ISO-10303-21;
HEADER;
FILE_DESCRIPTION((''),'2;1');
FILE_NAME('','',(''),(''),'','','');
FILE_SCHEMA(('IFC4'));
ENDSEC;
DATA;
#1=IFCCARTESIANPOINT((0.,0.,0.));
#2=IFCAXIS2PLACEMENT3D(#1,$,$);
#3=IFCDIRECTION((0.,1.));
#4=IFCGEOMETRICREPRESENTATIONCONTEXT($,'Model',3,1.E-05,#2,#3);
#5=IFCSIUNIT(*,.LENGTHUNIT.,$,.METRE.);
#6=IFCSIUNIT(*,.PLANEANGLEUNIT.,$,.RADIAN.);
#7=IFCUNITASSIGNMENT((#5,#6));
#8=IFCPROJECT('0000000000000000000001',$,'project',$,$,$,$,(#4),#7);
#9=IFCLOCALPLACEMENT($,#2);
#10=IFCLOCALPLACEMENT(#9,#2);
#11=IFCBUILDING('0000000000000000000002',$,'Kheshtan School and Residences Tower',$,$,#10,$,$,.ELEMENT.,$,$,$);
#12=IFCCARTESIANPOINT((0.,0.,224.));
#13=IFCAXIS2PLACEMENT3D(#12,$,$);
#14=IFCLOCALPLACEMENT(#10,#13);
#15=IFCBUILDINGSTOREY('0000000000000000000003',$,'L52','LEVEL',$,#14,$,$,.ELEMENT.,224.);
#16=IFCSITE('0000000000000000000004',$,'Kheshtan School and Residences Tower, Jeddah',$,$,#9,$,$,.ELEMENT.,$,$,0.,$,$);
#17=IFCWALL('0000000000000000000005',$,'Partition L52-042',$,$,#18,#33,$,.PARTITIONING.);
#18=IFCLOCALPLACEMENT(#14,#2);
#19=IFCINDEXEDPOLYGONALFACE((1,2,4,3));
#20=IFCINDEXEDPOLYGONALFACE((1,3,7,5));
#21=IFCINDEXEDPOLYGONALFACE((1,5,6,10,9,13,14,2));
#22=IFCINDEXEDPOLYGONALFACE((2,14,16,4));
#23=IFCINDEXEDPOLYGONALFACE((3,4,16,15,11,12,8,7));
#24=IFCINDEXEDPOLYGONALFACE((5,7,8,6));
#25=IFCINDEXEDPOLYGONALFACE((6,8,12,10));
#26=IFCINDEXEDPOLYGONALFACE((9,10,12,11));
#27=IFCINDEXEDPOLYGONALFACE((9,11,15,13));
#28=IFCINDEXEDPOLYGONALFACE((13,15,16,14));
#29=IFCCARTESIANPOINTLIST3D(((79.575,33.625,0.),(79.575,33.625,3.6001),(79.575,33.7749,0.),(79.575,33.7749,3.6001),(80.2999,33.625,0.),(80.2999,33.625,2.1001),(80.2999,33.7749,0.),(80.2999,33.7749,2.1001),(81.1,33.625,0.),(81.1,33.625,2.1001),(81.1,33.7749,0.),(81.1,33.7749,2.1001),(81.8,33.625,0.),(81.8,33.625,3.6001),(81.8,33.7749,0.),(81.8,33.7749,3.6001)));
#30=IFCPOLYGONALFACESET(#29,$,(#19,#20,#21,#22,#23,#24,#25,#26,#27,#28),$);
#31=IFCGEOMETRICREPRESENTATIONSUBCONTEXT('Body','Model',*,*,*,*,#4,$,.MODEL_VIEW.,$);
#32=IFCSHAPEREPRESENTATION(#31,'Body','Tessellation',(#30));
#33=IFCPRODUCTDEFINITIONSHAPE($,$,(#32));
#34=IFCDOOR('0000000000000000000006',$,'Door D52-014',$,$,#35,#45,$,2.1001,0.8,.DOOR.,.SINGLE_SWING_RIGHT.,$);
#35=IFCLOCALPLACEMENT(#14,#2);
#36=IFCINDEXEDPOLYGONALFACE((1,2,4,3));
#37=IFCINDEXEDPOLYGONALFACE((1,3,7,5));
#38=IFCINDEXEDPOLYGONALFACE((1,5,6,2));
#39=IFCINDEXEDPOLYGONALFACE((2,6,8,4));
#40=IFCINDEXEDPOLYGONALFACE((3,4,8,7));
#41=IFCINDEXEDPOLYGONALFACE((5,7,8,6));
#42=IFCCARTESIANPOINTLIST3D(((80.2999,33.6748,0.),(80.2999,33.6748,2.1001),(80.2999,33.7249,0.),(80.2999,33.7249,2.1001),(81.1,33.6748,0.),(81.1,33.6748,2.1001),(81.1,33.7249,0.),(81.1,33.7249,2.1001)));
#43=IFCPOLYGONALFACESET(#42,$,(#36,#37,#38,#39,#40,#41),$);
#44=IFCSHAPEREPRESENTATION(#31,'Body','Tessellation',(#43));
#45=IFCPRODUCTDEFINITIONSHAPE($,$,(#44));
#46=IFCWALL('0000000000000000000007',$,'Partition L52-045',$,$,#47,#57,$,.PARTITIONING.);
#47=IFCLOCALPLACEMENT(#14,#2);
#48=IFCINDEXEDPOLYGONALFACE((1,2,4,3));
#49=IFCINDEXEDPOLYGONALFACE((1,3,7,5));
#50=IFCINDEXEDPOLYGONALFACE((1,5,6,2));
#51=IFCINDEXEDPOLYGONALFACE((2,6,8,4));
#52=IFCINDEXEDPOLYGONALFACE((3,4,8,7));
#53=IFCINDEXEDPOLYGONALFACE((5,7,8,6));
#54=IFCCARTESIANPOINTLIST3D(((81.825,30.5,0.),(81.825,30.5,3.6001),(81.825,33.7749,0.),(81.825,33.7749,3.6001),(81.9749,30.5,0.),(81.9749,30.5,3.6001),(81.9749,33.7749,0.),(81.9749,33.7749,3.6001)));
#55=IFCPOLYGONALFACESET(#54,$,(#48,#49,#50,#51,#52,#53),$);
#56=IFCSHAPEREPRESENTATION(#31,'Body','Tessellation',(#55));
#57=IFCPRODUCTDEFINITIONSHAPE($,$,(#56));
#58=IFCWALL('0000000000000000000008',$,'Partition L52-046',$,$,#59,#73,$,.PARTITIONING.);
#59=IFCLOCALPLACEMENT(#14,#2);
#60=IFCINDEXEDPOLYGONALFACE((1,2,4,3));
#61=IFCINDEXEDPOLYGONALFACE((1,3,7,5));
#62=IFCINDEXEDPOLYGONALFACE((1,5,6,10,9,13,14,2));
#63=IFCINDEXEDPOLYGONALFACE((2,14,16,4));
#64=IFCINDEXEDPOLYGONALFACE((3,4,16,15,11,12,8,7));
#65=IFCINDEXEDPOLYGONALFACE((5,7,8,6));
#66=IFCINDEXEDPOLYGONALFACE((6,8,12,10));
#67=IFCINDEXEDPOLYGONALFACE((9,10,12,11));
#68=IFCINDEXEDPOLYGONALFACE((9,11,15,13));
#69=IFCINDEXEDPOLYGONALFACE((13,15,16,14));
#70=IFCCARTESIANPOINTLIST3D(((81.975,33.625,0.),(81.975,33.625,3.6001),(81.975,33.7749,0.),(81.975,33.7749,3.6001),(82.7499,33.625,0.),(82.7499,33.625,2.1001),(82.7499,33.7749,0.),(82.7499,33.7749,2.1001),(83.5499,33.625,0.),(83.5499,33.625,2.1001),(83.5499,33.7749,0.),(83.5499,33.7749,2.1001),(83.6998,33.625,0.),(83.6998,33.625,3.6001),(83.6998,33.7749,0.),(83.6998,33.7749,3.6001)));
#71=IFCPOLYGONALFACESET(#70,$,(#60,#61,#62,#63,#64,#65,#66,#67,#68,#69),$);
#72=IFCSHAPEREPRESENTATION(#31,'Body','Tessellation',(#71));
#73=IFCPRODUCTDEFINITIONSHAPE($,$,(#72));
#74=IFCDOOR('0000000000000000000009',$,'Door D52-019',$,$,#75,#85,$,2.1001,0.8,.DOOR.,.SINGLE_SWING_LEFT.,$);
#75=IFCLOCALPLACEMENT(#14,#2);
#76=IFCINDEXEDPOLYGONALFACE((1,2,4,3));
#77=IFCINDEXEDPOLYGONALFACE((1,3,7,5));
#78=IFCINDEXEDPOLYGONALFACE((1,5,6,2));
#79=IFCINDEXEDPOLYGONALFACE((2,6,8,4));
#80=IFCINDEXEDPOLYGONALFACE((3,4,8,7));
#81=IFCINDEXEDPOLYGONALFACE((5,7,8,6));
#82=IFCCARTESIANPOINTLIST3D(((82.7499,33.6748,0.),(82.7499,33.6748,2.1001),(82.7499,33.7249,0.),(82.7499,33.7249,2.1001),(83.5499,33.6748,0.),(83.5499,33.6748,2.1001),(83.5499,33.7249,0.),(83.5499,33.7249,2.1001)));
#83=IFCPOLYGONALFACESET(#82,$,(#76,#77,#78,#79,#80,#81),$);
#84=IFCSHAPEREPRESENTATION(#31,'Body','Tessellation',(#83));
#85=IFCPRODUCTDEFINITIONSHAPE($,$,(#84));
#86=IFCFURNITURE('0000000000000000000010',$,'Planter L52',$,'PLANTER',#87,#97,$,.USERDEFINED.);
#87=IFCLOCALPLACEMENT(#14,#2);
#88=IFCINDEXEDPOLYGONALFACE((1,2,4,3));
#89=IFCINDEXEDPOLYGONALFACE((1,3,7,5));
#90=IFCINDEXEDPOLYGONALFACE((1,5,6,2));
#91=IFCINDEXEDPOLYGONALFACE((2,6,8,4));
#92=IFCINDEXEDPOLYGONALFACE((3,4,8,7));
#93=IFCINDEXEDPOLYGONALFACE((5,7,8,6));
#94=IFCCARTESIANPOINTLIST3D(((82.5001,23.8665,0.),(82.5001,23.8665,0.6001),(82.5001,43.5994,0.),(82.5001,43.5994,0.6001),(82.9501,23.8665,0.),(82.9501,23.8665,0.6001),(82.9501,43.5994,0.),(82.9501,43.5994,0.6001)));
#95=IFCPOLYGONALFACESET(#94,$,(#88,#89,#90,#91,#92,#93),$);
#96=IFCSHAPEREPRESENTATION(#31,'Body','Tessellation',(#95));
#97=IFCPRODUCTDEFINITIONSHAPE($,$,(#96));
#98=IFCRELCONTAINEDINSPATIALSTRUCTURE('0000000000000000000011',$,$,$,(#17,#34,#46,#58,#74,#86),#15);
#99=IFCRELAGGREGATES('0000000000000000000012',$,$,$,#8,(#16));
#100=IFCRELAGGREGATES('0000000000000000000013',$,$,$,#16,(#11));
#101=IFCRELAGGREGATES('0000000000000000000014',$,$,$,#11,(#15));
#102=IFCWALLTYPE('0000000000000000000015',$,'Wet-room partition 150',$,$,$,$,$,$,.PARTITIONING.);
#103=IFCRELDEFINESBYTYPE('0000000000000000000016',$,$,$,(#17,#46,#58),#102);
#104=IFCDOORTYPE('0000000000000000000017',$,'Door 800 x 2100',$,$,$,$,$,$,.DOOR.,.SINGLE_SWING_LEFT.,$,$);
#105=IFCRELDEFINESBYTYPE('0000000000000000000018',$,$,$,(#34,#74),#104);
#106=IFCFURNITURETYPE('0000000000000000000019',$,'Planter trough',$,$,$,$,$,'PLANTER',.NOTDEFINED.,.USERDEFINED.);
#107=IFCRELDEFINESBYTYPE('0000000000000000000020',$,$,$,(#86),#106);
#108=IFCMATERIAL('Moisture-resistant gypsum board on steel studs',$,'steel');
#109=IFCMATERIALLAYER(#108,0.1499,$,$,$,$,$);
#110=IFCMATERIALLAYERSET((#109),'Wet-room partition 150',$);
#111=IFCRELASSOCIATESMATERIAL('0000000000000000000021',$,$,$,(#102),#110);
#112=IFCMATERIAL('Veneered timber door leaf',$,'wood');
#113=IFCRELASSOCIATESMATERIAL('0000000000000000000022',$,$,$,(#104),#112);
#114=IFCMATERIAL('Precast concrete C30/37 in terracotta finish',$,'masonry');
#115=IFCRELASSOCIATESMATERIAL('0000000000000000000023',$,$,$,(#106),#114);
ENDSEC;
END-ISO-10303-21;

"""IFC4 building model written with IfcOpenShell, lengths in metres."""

from ifc_helpers import new_model, si_unit, direction, frame, frame_2d, origin, origin_2d, place, context, subcontext, project, spatial, rectangle, extrude, source, transform, mapped, material, layer, layer_set, type_object, element, fill, save


model = new_model("IFC4")

# Units and contexts
model_context = context("Model", 3, precision=1e-05, world=origin(), true_north=direction((0.0, 1.0)))
body_context = subcontext(model_context, "Body", "Model", "MODEL_VIEW")
ifc_project = project(units=[si_unit("LENGTHUNIT", "METRE"), si_unit("PLANEANGLEUNIT", "RADIAN")], contexts=[model_context])

# Site, building, storey
site_placement = place(None, origin())
site = spatial("IfcSite", under=ifc_project, at=site_placement, Name="Kheshtan School and Residences Tower, Jeddah", CompositionType="ELEMENT", RefElevation=0.0)
building_placement = place(site_placement, origin())
building = spatial("IfcBuilding", under=site, at=building_placement, Name="Kheshtan School and Residences Tower", CompositionType="ELEMENT")
storey_placement = place(building_placement, frame((0.0, 0.0, 224.0)))
storey = spatial("IfcBuildingStorey", under=building, at=storey_placement, Name="L52", Description="LEVEL", CompositionType="ELEMENT", Elevation=224.0)

# Shared definitions
ifc_material_1 = material(Name="Moisture-resistant gypsum board on steel studs", Category="steel")
ifc_layer_1 = layer(ifc_material_1, 0.1499)
ifc_layer_set_1 = layer_set([ifc_layer_1], Name="Wet-room partition 150")
wall_type_1 = type_object("IfcWallType", Name="Wet-room partition 150", PredefinedType="PARTITIONING", material=ifc_layer_set_1)

# Wall, opening, door
wall_1_placement = place(storey_placement, frame((79.575, 33.7, 0.0), z_axis=(0.0, 0.0, 1.0), x_axis=(1.0, 0.0, 0.0)))
wall_1 = element("IfcWall", 1, at=wall_1_placement, inside=storey, type_object=wall_type_1, Name="Partition L52-042", PredefinedType="PARTITIONING", context=body_context, shape_type="SweptSolid", body=[
    extrude(rectangle(XDim=2.2251, YDim=0.1499, at=frame_2d((1.1125, 0.0))), origin(), (0.0, 0.0, 1.0), 3.6001),
])
opening_1_placement = place(wall_1_placement, frame((0.7251, 0.0, 0.0)))
opening_1 = element("IfcOpeningElement", 2, at=opening_1_placement, cuts=wall_1, PredefinedType="OPENING", context=body_context, shape_type="SweptSolid", body=[
    extrude(rectangle(XDim=0.8, YDim=2.1001, at=frame_2d((0.3999, 1.05))), frame((0.0, 0.085, 0.0), z_axis=(0.0, -1.0, 0.0), x_axis=(1.0, 0.0, 0.0)), (0.0, 0.0, 1.0), 0.1699),
])
ifc_material_2 = material(Name="Veneered timber door leaf", Category="wood")
door_type_1 = type_object("IfcDoorType", Name="Door 800 x 2100", OperationType="SINGLE_SWING_LEFT", PredefinedType="DOOR", material=ifc_material_2)
shared_shape_1 = source(origin(), body_context, "Body", "SweptSolid", [
    extrude(rectangle(XDim=0.8, YDim=2.1001, at=frame_2d((0.3999, 1.05))), frame((0.0, 0.0249, 0.0), z_axis=(0.0, -1.0, 0.0), x_axis=(1.0, 0.0, 0.0)), (0.0, 0.0, 1.0), 0.05),
])
door_1_placement = place(opening_1_placement, origin())
door_1 = element("IfcDoor", 3, at=door_1_placement, inside=storey, type_object=door_type_1, Name="Door D52-014", OperationType="SINGLE_SWING_RIGHT", OverallHeight=2.1001, OverallWidth=0.8, PredefinedType="DOOR", context=body_context, shape_type="MappedRepresentation", body=[
    mapped(shared_shape_1, transform((0.0, 0.0, 0.0), x_axis=(1.0, 0.0, 0.0), y_axis=(0.0, 1.0, 0.0), z_axis=(0.0, 0.0, 1.0), scale=1.0)),
])
fill(opening_1, door_1)

# Wall
wall_2_placement = place(storey_placement, frame((81.8999, 30.5, 0.0), z_axis=(0.0, 0.0, 1.0), x_axis=(0.0, 1.0, 0.0)))
element("IfcWall", 4, at=wall_2_placement, inside=storey, type_object=wall_type_1, Name="Partition L52-045", PredefinedType="PARTITIONING", context=body_context, shape_type="SweptSolid", body=[
    extrude(rectangle(XDim=3.2749, YDim=0.1499, at=frame_2d((1.6375, 0.0))), origin(), (0.0, 0.0, 1.0), 3.6001),
])

# Wall, opening, door
wall_3_placement = place(storey_placement, frame((81.9751, 33.7, 0.0), z_axis=(0.0, 0.0, 1.0), x_axis=(1.0, 0.0, 0.0)))
wall_3 = element("IfcWall", 5, at=wall_3_placement, inside=storey, type_object=wall_type_1, Name="Partition L52-046", PredefinedType="PARTITIONING", context=body_context, shape_type="SweptSolid", body=[
    extrude(rectangle(XDim=1.7249, YDim=0.1499, at=frame_2d((0.8623, 0.0))), origin(), (0.0, 0.0, 1.0), 3.6001),
])
opening_2_placement = place(wall_3_placement, frame((0.7749, 0.0, 0.0)))
opening_2 = element("IfcOpeningElement", 6, at=opening_2_placement, cuts=wall_3, PredefinedType="OPENING", context=body_context, shape_type="SweptSolid", body=[
    extrude(rectangle(XDim=0.8, YDim=2.1001, at=frame_2d((0.3999, 1.05))), frame((0.0, 0.085, 0.0), z_axis=(0.0, -1.0, 0.0), x_axis=(1.0, 0.0, 0.0)), (0.0, 0.0, 1.0), 0.1699),
])
door_2_placement = place(opening_2_placement, origin())
door_2 = element("IfcDoor", 7, at=door_2_placement, inside=storey, type_object=door_type_1, Name="Door D52-019", OperationType="SINGLE_SWING_LEFT", OverallHeight=2.1001, OverallWidth=0.8, PredefinedType="DOOR", context=body_context, shape_type="MappedRepresentation", body=[
    mapped(shared_shape_1, transform((0.0, 0.0, 0.0), x_axis=(1.0, 0.0, 0.0), y_axis=(0.0, 1.0, 0.0), z_axis=(0.0, 0.0, 1.0), scale=1.0)),
])
fill(opening_2, door_2)

# Furniture
ifc_material_3 = material(Name="Precast concrete C30/37 in terracotta finish", Category="masonry")
furniture_type = type_object("IfcFurnitureType", Name="Planter trough", ElementType="PLANTER", AssemblyPlace="NOTDEFINED", PredefinedType="USERDEFINED", material=ifc_material_3)
furniture_placement = place(storey_placement, frame((82.7251, 33.7329, 0.0), z_axis=(0.0, 0.0, 1.0), x_axis=(0.0, -1.0, 0.0)))
element("IfcFurniture", 8, at=furniture_placement, inside=storey, type_object=furniture_type, Name="Planter L52", ObjectType="PLANTER", PredefinedType="USERDEFINED", context=body_context, shape_type="SweptSolid", body=[
    extrude(rectangle(XDim=19.7329, YDim=0.45, at=origin_2d()), origin(), (0.0, 0.0, 1.0), 0.6001),
])

save(model, "model.ifc")
